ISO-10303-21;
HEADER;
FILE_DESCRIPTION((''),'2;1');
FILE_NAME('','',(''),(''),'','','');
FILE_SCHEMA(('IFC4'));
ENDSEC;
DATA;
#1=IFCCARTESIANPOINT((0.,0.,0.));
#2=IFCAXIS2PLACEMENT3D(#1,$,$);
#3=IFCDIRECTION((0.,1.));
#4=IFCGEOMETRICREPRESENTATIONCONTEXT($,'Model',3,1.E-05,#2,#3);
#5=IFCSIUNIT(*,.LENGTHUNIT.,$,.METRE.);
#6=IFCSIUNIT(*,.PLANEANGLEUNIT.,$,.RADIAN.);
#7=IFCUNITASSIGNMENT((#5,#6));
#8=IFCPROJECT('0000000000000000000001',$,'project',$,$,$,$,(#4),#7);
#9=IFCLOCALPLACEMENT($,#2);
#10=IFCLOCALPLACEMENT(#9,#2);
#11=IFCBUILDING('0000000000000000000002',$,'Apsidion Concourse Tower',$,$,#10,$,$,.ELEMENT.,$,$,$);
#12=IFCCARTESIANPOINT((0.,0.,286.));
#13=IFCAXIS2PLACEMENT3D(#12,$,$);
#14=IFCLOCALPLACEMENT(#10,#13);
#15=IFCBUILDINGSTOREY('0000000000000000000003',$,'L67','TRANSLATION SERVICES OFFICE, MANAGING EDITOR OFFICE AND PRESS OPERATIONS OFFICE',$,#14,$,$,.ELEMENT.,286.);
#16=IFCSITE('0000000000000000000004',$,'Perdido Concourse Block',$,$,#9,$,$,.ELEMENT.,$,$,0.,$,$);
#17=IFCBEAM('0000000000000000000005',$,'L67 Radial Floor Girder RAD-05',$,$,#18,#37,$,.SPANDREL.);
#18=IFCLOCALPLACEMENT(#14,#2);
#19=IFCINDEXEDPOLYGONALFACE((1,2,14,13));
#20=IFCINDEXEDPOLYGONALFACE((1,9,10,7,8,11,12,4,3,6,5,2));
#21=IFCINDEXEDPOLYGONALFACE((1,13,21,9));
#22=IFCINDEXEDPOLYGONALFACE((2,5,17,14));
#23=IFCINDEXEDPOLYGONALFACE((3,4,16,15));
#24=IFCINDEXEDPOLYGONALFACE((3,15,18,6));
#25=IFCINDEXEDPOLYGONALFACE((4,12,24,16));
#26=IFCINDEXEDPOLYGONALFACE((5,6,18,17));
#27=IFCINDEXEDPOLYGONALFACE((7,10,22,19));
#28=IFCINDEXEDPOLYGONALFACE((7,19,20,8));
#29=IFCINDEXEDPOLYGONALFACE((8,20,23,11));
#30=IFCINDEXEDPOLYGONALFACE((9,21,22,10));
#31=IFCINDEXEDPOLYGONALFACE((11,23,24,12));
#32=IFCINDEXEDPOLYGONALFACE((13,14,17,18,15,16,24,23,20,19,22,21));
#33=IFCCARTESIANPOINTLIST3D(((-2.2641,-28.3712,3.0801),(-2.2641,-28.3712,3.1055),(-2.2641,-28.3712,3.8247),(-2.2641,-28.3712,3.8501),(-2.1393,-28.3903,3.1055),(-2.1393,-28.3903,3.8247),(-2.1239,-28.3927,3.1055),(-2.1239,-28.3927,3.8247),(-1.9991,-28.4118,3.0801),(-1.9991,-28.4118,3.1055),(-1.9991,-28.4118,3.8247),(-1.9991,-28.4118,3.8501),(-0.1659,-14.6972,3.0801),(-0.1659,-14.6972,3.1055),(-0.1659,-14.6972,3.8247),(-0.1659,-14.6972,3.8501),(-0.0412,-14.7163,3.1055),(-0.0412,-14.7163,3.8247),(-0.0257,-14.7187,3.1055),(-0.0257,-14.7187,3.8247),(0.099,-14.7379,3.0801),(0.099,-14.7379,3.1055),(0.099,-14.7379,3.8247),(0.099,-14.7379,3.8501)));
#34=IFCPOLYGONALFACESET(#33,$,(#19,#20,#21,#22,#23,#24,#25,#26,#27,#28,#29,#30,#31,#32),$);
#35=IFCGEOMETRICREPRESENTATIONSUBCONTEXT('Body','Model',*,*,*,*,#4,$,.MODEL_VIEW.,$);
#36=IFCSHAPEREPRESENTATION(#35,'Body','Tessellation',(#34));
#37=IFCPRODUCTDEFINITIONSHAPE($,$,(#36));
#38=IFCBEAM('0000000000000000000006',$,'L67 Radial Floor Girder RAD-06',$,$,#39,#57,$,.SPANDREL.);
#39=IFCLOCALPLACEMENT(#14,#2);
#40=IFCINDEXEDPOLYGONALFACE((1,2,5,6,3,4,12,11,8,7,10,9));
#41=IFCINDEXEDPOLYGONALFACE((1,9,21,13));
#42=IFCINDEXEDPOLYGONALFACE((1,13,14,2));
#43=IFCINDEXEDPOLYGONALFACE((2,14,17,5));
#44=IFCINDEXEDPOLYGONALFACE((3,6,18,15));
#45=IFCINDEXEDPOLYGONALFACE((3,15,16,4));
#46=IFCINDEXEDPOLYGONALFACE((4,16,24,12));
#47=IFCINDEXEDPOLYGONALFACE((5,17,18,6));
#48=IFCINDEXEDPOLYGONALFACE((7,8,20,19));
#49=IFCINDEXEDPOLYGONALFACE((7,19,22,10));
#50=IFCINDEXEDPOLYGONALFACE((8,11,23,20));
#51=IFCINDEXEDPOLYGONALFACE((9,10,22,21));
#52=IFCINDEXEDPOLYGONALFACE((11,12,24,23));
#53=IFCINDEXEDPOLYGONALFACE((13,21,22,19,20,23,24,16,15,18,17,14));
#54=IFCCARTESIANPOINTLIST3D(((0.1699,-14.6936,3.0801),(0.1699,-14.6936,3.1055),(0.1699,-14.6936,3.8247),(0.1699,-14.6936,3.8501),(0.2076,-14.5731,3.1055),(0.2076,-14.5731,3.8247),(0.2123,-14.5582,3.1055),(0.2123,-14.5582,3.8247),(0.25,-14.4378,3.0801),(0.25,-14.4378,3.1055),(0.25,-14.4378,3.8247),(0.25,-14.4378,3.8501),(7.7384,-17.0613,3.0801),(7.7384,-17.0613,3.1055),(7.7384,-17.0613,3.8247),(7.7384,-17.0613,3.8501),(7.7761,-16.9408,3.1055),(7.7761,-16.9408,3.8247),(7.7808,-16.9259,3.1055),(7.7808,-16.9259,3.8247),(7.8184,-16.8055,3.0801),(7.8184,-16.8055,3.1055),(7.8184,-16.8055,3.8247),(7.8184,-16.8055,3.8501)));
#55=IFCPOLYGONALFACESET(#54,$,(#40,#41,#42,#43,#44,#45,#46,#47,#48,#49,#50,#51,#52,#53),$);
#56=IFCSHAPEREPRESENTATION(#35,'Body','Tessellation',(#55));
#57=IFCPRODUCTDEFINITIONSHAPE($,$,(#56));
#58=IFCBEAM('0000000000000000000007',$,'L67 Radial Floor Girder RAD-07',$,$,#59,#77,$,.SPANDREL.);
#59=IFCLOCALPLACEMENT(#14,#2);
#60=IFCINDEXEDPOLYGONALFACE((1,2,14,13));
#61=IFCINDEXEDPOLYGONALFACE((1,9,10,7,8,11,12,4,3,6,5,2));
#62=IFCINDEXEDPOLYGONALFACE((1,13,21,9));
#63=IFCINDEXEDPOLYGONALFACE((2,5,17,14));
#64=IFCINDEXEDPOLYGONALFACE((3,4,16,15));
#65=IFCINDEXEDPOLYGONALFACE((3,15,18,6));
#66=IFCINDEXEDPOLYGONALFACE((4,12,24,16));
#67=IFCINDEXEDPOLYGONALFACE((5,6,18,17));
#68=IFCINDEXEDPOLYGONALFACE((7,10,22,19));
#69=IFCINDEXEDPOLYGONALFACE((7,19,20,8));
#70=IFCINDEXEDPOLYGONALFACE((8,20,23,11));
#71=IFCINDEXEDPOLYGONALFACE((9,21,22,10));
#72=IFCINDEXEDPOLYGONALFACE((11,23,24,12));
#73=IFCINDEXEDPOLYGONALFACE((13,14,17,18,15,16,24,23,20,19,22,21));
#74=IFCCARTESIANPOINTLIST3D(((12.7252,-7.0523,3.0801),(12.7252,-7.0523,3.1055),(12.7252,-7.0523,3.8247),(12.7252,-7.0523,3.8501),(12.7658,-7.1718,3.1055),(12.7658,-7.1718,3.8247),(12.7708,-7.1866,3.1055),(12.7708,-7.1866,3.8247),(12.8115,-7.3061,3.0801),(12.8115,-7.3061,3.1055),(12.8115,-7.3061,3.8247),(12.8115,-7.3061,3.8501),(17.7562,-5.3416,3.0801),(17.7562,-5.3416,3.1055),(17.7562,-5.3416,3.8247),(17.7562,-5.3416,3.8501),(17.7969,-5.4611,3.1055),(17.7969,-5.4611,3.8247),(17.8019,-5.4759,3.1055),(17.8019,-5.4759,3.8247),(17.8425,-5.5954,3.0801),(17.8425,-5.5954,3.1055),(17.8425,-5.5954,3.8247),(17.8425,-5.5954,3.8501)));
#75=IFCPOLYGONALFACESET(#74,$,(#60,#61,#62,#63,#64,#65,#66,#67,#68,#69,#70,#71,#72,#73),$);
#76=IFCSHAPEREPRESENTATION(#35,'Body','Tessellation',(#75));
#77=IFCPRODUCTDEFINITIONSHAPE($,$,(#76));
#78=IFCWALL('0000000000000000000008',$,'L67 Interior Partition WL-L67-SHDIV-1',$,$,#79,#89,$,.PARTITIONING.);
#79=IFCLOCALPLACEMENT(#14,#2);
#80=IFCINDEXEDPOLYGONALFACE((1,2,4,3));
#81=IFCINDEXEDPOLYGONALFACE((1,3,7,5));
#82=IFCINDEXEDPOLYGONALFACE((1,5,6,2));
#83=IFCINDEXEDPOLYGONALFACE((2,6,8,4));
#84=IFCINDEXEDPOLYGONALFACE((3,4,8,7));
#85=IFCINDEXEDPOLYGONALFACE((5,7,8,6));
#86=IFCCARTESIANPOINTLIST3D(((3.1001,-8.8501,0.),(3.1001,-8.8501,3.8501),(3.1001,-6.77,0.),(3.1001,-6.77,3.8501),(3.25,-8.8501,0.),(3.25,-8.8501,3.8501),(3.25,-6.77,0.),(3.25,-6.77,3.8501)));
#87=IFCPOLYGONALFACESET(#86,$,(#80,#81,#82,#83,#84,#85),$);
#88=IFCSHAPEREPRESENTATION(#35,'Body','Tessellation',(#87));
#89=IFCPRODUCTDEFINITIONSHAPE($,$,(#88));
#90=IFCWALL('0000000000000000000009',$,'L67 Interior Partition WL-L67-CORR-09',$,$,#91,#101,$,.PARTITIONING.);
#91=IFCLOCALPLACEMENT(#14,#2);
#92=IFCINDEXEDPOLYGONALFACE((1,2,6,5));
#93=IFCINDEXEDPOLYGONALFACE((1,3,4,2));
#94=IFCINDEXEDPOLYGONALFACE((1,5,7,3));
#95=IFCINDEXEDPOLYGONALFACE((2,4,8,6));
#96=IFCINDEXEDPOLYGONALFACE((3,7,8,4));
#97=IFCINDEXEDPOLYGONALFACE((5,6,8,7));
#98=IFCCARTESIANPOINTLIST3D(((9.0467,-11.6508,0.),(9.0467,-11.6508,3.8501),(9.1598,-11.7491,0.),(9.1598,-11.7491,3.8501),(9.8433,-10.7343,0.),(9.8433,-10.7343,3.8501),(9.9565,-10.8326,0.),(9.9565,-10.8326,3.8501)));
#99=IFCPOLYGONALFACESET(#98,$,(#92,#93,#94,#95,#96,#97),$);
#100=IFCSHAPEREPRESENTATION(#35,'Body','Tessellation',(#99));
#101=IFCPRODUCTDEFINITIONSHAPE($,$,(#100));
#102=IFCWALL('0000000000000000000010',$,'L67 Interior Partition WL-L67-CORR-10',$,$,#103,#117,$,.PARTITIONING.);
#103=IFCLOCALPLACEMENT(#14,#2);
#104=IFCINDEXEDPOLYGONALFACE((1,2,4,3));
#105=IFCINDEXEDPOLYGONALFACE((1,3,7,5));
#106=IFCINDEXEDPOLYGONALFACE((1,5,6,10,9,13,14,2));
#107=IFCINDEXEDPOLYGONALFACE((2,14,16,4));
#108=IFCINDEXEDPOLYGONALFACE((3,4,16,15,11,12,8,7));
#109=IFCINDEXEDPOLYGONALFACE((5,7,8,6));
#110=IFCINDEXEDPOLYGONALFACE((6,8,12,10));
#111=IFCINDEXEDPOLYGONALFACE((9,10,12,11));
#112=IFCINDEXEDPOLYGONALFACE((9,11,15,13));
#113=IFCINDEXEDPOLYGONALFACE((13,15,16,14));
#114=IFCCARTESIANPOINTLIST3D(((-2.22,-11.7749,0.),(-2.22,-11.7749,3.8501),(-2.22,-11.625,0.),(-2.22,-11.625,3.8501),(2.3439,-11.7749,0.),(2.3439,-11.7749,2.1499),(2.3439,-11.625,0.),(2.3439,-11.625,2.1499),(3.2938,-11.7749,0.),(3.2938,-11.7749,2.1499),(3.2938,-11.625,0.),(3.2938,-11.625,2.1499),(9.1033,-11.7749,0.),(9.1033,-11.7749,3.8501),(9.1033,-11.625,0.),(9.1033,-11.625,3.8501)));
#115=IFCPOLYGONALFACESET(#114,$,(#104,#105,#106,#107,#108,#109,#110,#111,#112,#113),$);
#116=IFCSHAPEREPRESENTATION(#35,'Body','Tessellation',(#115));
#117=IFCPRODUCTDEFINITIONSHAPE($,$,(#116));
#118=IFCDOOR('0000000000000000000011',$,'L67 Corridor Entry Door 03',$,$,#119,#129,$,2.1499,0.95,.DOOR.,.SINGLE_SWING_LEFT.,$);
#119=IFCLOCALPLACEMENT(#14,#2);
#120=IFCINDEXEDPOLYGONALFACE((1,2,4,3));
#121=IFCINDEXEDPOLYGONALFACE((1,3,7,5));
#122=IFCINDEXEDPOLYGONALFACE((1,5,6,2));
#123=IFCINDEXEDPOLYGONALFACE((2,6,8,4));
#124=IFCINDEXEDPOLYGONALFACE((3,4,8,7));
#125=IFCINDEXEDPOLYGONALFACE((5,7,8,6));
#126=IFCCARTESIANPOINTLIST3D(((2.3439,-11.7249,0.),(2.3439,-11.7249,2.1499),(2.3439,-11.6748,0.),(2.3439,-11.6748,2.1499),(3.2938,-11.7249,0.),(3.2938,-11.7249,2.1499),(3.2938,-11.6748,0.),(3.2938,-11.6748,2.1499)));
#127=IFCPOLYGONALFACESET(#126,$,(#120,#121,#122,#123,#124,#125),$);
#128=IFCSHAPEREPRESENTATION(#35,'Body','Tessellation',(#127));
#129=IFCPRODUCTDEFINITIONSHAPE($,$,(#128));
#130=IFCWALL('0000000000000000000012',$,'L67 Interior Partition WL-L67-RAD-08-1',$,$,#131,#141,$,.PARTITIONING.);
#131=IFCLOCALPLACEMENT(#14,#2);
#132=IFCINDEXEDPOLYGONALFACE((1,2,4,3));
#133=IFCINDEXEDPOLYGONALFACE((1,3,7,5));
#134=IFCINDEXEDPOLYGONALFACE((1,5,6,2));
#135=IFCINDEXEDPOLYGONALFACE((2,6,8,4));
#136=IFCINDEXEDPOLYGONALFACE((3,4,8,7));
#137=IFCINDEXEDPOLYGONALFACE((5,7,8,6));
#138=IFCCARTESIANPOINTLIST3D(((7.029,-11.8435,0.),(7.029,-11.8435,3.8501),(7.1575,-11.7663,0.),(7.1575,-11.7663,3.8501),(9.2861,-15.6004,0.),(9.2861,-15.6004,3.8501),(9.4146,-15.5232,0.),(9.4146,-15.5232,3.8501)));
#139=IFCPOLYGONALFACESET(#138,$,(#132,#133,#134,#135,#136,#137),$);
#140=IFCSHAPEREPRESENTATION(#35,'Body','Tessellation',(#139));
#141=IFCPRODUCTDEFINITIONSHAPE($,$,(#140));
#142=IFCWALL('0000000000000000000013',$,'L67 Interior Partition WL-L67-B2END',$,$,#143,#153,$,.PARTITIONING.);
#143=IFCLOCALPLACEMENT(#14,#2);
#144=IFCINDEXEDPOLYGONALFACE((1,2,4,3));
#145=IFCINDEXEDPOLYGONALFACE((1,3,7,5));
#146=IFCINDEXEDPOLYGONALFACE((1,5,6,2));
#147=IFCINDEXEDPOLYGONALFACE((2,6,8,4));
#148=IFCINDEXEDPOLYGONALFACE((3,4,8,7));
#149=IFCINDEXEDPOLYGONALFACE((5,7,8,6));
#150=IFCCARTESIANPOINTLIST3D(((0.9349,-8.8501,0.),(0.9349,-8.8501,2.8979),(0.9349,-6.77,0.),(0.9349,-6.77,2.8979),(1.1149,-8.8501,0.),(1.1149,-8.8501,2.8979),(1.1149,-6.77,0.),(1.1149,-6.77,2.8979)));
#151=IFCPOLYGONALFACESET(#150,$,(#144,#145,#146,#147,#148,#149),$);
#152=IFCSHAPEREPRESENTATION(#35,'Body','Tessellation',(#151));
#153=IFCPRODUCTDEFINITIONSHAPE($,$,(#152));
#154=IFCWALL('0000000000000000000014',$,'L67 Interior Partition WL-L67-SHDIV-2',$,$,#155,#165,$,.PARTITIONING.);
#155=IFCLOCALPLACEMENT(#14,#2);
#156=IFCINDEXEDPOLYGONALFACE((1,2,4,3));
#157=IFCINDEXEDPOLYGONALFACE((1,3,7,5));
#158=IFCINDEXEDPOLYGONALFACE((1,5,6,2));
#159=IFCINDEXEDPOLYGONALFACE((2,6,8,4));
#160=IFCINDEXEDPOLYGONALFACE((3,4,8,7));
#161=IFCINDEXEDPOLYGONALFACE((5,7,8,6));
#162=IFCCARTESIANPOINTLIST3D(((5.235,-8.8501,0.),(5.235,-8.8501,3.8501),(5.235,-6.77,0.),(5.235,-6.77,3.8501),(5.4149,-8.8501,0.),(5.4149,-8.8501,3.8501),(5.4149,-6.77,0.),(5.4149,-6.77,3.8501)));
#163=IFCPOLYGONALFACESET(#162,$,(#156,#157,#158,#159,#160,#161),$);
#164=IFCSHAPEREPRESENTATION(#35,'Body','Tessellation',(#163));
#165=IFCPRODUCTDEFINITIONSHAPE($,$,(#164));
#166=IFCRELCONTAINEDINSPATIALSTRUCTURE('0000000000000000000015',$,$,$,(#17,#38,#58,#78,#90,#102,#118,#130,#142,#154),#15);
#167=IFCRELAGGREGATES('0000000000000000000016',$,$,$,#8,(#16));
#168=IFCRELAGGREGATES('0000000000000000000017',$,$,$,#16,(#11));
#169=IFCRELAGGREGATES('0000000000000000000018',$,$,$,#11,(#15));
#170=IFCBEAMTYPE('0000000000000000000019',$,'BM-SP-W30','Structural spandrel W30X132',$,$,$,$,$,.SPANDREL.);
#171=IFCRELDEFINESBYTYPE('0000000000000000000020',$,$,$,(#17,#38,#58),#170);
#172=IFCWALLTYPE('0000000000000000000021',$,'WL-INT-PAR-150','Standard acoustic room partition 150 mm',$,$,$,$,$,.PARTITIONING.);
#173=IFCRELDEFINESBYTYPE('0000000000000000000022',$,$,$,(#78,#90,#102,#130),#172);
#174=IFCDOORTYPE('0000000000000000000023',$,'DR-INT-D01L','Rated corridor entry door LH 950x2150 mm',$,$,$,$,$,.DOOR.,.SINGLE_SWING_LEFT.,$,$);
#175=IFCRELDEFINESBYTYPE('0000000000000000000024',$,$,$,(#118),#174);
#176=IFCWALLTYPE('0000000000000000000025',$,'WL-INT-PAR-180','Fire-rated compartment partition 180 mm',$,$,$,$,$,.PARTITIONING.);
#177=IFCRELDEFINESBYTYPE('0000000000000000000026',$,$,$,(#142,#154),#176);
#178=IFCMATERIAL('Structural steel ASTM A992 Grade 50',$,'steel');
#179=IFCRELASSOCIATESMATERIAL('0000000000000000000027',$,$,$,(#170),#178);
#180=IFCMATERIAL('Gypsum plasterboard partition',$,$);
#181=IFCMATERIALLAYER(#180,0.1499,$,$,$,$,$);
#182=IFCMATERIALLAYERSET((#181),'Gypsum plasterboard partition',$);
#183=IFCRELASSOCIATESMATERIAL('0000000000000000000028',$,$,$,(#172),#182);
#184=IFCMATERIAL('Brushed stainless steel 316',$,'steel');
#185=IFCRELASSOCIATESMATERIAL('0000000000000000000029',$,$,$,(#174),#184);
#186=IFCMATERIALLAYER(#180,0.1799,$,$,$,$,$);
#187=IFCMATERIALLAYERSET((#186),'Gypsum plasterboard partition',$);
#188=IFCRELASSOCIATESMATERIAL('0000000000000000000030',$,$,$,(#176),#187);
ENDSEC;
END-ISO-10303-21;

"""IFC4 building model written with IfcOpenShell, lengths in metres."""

from ifc_helpers import new_model, si_unit, direction, frame, frame_2d, origin, origin_2d, place, context, subcontext, project, spatial, rectangle, i_section, extrude, material, layer, layer_set, material_profile, profile_set, type_object, element, fill, save


model = new_model("IFC4")

# Units and contexts
model_context = context("Model", 3, precision=1e-05, world=origin(), true_north=direction((0.0, 1.0)))
body_context = subcontext(model_context, "Body", "Model", "MODEL_VIEW")
ifc_project = project(units=[si_unit("LENGTHUNIT", "METRE"), si_unit("PLANEANGLEUNIT", "RADIAN")], contexts=[model_context])

# Site, building, storey
site_placement = place(None, origin())
site = spatial("IfcSite", under=ifc_project, at=site_placement, Name="Perdido Concourse Block", CompositionType="ELEMENT", RefElevation=0.0)
building_placement = place(site_placement, origin())
building = spatial("IfcBuilding", under=site, at=building_placement, Name="Apsidion Concourse Tower", CompositionType="ELEMENT")
storey_placement = place(building_placement, frame((0.0, 0.0, 286.0)))
storey = spatial("IfcBuildingStorey", under=building, at=storey_placement, Name="L67", Description="TRANSLATION SERVICES OFFICE, MANAGING EDITOR OFFICE AND PRESS OPERATIONS OFFICE", CompositionType="ELEMENT", Elevation=286.0)

# Shared definitions
ifc_material_1 = material(Name="Structural steel ASTM A992 Grade 50", Category="steel")

# Beams
ifc_material_profile_1 = material_profile(ifc_material_1, i_section(OverallWidth=0.2681, OverallDepth=0.77, WebThickness=0.0156, FlangeThickness=0.0254, at=origin_2d()), Name="W30X132")
ifc_profile_set_1 = profile_set([ifc_material_profile_1], Name="Structural steel ASTM A992 Grade 50")
beam_type_1 = type_object("IfcBeamType", Name="BM-SP-W30", Description="Structural spandrel W30X132", PredefinedType="SPANDREL", material=ifc_profile_set_1)
beam_1_placement = place(storey_placement, frame((-0.0334, -14.7175, 3.4651), z_axis=(-0.151665, -0.988432, 0.0), x_axis=(0.988432, -0.151665, 0.0)))
element("IfcBeam", 1, at=beam_1_placement, inside=storey, type_object=beam_type_1, Name="L67 Radial Floor Girder RAD-05", PredefinedType="SPANDREL", context=body_context, shape_type="SweptSolid", body=[
    extrude(i_section(OverallWidth=0.2681, OverallDepth=0.77, WebThickness=0.0156, FlangeThickness=0.0254, at=origin_2d()), origin(), (0.0, 0.0, 1.0), 13.834),
])
beam_2_placement = place(storey_placement, frame((0.21, -14.5657, 3.4651), z_axis=(0.954388, -0.298569, 0.0), x_axis=(0.298569, 0.954388, 0.0)))
element("IfcBeam", 2, at=beam_2_placement, inside=storey, type_object=beam_type_1, Name="L67 Radial Floor Girder RAD-06", PredefinedType="SPANDREL", context=body_context, shape_type="SweptSolid", body=[
    extrude(i_section(OverallWidth=0.2681, OverallDepth=0.77, WebThickness=0.0156, FlangeThickness=0.0254, at=origin_2d()), origin(), (0.0, 0.0, 1.0), 7.9302),
])
beam_3_placement = place(storey_placement, frame((12.7683, -7.1792, 3.4651), z_axis=(0.946764, 0.321928, 0.0), x_axis=(-0.321928, 0.946764, 0.0)))
element("IfcBeam", 3, at=beam_3_placement, inside=storey, type_object=beam_type_1, Name="L67 Radial Floor Girder RAD-07", PredefinedType="SPANDREL", context=body_context, shape_type="SweptSolid", body=[
    extrude(i_section(OverallWidth=0.2681, OverallDepth=0.77, WebThickness=0.0156, FlangeThickness=0.0254, at=origin_2d()), origin(), (0.0, 0.0, 1.0), 5.314),
])

# Walls
ifc_material_2 = material(Name="Gypsum plasterboard partition")
ifc_layer_1 = layer(ifc_material_2, 0.1499)
ifc_layer_set_1 = layer_set([ifc_layer_1], Name="Gypsum plasterboard partition")
wall_type_1 = type_object("IfcWallType", Name="WL-INT-PAR-150", Description="Standard acoustic room partition 150 mm", PredefinedType="PARTITIONING", material=ifc_layer_set_1)
wall_1_placement = place(storey_placement, frame((3.175, -8.8501, 0.0), z_axis=(0.0, 0.0, 1.0), x_axis=(0.0, 1.0, 0.0)))
element("IfcWall", 4, at=wall_1_placement, inside=storey, type_object=wall_type_1, Name="L67 Interior Partition WL-L67-SHDIV-1", PredefinedType="PARTITIONING", context=body_context, shape_type="SweptSolid", body=[
    extrude(rectangle(XDim=2.0801, YDim=0.1499, at=frame_2d((1.04, 0.0))), origin(), (0.0, 0.0, 1.0), 3.8501),
])
wall_2_placement = place(storey_placement, frame((9.8999, -10.7834, 0.0), z_axis=(0.0, 0.0, 1.0), x_axis=(-0.656024, -0.75474, 0.0)))
element("IfcWall", 5, at=wall_2_placement, inside=storey, type_object=wall_type_1, Name="L67 Interior Partition WL-L67-CORR-09", PredefinedType="PARTITIONING", context=body_context, shape_type="SweptSolid", body=[
    extrude(rectangle(XDim=1.2144, YDim=0.1499, at=frame_2d((0.6072, 0.0))), origin(), (0.0, 0.0, 1.0), 3.8501),
])

# Wall, opening, door
wall_3_placement = place(storey_placement, frame((9.1033, -11.7, 0.0), z_axis=(0.0, 0.0, 1.0), x_axis=(-1.0, 0.0, 0.0)))
wall_3 = element("IfcWall", 6, at=wall_3_placement, inside=storey, type_object=wall_type_1, Name="L67 Interior Partition WL-L67-CORR-10", PredefinedType="PARTITIONING", context=body_context, shape_type="SweptSolid", body=[
    extrude(rectangle(XDim=11.3232, YDim=0.1499, at=frame_2d((5.6616, 0.0))), origin(), (0.0, 0.0, 1.0), 3.8501),
])
opening_1_placement = place(wall_3_placement, frame((5.8093, 0.0, 0.0)))
opening_1 = element("IfcOpeningElement", 7, at=opening_1_placement, cuts=wall_3, PredefinedType="OPENING", context=body_context, shape_type="SweptSolid", body=[
    extrude(rectangle(XDim=0.95, YDim=2.1499, at=frame_2d((0.4751, 1.075))), frame((0.0, 0.085, 0.0), z_axis=(0.0, -1.0, 0.0), x_axis=(1.0, 0.0, 0.0)), (0.0, 0.0, 1.0), 0.1699),
])
ifc_material_3 = material(Name="Brushed stainless steel 316", Category="steel")
door_type_1 = type_object("IfcDoorType", Name="DR-INT-D01L", Description="Rated corridor entry door LH 950x2150 mm", OperationType="SINGLE_SWING_LEFT", PredefinedType="DOOR", material=ifc_material_3)
door_1_placement = place(opening_1_placement, origin())
door_1 = element("IfcDoor", 8, at=door_1_placement, inside=storey, type_object=door_type_1, Name="L67 Corridor Entry Door 03", OperationType="SINGLE_SWING_LEFT", OverallHeight=2.1499, OverallWidth=0.95, PredefinedType="DOOR", context=body_context, shape_type="SweptSolid", body=[
    extrude(rectangle(XDim=0.95, YDim=2.1499, at=frame_2d((0.4751, 1.075))), frame((0.0, 0.0249, 0.0), z_axis=(0.0, -1.0, 0.0), x_axis=(1.0, 0.0, 0.0)), (0.0, 0.0, 1.0), 0.05),
])
fill(opening_1, door_1)

# Walls
wall_4_placement = place(storey_placement, frame((7.0933, -11.8049, 0.0), z_axis=(0.0, 0.0, 1.0), x_axis=(0.514995, -0.857193, 0.0)))
element("IfcWall", 9, at=wall_4_placement, inside=storey, type_object=wall_type_1, Name="L67 Interior Partition WL-L67-RAD-08-1", PredefinedType="PARTITIONING", context=body_context, shape_type="SweptSolid", body=[
    extrude(rectangle(XDim=4.3828, YDim=0.1499, at=frame_2d((2.1914, 0.0))), origin(), (0.0, 0.0, 1.0), 3.8501),
])
ifc_layer_2 = layer(ifc_material_2, 0.1799)
ifc_layer_set_2 = layer_set([ifc_layer_2], Name="Gypsum plasterboard partition")
wall_type_2 = type_object("IfcWallType", Name="WL-INT-PAR-180", Description="Fire-rated compartment partition 180 mm", PredefinedType="PARTITIONING", material=ifc_layer_set_2)
wall_5_placement = place(storey_placement, frame((1.0249, -8.8501, 0.0), z_axis=(0.0, 0.0, 1.0), x_axis=(0.0, 1.0, 0.0)))
element("IfcWall", 10, at=wall_5_placement, inside=storey, type_object=wall_type_2, Name="L67 Interior Partition WL-L67-B2END", PredefinedType="PARTITIONING", context=body_context, shape_type="SweptSolid", body=[
    extrude(rectangle(XDim=2.0801, YDim=0.1799, at=frame_2d((1.04, 0.0))), origin(), (0.0, 0.0, 1.0), 2.8979),
])
wall_6_placement = place(storey_placement, frame((5.325, -8.8501, 0.0), z_axis=(0.0, 0.0, 1.0), x_axis=(0.0, 1.0, 0.0)))
element("IfcWall", 11, at=wall_6_placement, inside=storey, type_object=wall_type_2, Name="L67 Interior Partition WL-L67-SHDIV-2", PredefinedType="PARTITIONING", context=body_context, shape_type="SweptSolid", body=[
    extrude(rectangle(XDim=2.0801, YDim=0.1799, at=frame_2d((1.04, 0.0))), origin(), (0.0, 0.0, 1.0), 3.8501),
])

save(model, "model.ifc")
